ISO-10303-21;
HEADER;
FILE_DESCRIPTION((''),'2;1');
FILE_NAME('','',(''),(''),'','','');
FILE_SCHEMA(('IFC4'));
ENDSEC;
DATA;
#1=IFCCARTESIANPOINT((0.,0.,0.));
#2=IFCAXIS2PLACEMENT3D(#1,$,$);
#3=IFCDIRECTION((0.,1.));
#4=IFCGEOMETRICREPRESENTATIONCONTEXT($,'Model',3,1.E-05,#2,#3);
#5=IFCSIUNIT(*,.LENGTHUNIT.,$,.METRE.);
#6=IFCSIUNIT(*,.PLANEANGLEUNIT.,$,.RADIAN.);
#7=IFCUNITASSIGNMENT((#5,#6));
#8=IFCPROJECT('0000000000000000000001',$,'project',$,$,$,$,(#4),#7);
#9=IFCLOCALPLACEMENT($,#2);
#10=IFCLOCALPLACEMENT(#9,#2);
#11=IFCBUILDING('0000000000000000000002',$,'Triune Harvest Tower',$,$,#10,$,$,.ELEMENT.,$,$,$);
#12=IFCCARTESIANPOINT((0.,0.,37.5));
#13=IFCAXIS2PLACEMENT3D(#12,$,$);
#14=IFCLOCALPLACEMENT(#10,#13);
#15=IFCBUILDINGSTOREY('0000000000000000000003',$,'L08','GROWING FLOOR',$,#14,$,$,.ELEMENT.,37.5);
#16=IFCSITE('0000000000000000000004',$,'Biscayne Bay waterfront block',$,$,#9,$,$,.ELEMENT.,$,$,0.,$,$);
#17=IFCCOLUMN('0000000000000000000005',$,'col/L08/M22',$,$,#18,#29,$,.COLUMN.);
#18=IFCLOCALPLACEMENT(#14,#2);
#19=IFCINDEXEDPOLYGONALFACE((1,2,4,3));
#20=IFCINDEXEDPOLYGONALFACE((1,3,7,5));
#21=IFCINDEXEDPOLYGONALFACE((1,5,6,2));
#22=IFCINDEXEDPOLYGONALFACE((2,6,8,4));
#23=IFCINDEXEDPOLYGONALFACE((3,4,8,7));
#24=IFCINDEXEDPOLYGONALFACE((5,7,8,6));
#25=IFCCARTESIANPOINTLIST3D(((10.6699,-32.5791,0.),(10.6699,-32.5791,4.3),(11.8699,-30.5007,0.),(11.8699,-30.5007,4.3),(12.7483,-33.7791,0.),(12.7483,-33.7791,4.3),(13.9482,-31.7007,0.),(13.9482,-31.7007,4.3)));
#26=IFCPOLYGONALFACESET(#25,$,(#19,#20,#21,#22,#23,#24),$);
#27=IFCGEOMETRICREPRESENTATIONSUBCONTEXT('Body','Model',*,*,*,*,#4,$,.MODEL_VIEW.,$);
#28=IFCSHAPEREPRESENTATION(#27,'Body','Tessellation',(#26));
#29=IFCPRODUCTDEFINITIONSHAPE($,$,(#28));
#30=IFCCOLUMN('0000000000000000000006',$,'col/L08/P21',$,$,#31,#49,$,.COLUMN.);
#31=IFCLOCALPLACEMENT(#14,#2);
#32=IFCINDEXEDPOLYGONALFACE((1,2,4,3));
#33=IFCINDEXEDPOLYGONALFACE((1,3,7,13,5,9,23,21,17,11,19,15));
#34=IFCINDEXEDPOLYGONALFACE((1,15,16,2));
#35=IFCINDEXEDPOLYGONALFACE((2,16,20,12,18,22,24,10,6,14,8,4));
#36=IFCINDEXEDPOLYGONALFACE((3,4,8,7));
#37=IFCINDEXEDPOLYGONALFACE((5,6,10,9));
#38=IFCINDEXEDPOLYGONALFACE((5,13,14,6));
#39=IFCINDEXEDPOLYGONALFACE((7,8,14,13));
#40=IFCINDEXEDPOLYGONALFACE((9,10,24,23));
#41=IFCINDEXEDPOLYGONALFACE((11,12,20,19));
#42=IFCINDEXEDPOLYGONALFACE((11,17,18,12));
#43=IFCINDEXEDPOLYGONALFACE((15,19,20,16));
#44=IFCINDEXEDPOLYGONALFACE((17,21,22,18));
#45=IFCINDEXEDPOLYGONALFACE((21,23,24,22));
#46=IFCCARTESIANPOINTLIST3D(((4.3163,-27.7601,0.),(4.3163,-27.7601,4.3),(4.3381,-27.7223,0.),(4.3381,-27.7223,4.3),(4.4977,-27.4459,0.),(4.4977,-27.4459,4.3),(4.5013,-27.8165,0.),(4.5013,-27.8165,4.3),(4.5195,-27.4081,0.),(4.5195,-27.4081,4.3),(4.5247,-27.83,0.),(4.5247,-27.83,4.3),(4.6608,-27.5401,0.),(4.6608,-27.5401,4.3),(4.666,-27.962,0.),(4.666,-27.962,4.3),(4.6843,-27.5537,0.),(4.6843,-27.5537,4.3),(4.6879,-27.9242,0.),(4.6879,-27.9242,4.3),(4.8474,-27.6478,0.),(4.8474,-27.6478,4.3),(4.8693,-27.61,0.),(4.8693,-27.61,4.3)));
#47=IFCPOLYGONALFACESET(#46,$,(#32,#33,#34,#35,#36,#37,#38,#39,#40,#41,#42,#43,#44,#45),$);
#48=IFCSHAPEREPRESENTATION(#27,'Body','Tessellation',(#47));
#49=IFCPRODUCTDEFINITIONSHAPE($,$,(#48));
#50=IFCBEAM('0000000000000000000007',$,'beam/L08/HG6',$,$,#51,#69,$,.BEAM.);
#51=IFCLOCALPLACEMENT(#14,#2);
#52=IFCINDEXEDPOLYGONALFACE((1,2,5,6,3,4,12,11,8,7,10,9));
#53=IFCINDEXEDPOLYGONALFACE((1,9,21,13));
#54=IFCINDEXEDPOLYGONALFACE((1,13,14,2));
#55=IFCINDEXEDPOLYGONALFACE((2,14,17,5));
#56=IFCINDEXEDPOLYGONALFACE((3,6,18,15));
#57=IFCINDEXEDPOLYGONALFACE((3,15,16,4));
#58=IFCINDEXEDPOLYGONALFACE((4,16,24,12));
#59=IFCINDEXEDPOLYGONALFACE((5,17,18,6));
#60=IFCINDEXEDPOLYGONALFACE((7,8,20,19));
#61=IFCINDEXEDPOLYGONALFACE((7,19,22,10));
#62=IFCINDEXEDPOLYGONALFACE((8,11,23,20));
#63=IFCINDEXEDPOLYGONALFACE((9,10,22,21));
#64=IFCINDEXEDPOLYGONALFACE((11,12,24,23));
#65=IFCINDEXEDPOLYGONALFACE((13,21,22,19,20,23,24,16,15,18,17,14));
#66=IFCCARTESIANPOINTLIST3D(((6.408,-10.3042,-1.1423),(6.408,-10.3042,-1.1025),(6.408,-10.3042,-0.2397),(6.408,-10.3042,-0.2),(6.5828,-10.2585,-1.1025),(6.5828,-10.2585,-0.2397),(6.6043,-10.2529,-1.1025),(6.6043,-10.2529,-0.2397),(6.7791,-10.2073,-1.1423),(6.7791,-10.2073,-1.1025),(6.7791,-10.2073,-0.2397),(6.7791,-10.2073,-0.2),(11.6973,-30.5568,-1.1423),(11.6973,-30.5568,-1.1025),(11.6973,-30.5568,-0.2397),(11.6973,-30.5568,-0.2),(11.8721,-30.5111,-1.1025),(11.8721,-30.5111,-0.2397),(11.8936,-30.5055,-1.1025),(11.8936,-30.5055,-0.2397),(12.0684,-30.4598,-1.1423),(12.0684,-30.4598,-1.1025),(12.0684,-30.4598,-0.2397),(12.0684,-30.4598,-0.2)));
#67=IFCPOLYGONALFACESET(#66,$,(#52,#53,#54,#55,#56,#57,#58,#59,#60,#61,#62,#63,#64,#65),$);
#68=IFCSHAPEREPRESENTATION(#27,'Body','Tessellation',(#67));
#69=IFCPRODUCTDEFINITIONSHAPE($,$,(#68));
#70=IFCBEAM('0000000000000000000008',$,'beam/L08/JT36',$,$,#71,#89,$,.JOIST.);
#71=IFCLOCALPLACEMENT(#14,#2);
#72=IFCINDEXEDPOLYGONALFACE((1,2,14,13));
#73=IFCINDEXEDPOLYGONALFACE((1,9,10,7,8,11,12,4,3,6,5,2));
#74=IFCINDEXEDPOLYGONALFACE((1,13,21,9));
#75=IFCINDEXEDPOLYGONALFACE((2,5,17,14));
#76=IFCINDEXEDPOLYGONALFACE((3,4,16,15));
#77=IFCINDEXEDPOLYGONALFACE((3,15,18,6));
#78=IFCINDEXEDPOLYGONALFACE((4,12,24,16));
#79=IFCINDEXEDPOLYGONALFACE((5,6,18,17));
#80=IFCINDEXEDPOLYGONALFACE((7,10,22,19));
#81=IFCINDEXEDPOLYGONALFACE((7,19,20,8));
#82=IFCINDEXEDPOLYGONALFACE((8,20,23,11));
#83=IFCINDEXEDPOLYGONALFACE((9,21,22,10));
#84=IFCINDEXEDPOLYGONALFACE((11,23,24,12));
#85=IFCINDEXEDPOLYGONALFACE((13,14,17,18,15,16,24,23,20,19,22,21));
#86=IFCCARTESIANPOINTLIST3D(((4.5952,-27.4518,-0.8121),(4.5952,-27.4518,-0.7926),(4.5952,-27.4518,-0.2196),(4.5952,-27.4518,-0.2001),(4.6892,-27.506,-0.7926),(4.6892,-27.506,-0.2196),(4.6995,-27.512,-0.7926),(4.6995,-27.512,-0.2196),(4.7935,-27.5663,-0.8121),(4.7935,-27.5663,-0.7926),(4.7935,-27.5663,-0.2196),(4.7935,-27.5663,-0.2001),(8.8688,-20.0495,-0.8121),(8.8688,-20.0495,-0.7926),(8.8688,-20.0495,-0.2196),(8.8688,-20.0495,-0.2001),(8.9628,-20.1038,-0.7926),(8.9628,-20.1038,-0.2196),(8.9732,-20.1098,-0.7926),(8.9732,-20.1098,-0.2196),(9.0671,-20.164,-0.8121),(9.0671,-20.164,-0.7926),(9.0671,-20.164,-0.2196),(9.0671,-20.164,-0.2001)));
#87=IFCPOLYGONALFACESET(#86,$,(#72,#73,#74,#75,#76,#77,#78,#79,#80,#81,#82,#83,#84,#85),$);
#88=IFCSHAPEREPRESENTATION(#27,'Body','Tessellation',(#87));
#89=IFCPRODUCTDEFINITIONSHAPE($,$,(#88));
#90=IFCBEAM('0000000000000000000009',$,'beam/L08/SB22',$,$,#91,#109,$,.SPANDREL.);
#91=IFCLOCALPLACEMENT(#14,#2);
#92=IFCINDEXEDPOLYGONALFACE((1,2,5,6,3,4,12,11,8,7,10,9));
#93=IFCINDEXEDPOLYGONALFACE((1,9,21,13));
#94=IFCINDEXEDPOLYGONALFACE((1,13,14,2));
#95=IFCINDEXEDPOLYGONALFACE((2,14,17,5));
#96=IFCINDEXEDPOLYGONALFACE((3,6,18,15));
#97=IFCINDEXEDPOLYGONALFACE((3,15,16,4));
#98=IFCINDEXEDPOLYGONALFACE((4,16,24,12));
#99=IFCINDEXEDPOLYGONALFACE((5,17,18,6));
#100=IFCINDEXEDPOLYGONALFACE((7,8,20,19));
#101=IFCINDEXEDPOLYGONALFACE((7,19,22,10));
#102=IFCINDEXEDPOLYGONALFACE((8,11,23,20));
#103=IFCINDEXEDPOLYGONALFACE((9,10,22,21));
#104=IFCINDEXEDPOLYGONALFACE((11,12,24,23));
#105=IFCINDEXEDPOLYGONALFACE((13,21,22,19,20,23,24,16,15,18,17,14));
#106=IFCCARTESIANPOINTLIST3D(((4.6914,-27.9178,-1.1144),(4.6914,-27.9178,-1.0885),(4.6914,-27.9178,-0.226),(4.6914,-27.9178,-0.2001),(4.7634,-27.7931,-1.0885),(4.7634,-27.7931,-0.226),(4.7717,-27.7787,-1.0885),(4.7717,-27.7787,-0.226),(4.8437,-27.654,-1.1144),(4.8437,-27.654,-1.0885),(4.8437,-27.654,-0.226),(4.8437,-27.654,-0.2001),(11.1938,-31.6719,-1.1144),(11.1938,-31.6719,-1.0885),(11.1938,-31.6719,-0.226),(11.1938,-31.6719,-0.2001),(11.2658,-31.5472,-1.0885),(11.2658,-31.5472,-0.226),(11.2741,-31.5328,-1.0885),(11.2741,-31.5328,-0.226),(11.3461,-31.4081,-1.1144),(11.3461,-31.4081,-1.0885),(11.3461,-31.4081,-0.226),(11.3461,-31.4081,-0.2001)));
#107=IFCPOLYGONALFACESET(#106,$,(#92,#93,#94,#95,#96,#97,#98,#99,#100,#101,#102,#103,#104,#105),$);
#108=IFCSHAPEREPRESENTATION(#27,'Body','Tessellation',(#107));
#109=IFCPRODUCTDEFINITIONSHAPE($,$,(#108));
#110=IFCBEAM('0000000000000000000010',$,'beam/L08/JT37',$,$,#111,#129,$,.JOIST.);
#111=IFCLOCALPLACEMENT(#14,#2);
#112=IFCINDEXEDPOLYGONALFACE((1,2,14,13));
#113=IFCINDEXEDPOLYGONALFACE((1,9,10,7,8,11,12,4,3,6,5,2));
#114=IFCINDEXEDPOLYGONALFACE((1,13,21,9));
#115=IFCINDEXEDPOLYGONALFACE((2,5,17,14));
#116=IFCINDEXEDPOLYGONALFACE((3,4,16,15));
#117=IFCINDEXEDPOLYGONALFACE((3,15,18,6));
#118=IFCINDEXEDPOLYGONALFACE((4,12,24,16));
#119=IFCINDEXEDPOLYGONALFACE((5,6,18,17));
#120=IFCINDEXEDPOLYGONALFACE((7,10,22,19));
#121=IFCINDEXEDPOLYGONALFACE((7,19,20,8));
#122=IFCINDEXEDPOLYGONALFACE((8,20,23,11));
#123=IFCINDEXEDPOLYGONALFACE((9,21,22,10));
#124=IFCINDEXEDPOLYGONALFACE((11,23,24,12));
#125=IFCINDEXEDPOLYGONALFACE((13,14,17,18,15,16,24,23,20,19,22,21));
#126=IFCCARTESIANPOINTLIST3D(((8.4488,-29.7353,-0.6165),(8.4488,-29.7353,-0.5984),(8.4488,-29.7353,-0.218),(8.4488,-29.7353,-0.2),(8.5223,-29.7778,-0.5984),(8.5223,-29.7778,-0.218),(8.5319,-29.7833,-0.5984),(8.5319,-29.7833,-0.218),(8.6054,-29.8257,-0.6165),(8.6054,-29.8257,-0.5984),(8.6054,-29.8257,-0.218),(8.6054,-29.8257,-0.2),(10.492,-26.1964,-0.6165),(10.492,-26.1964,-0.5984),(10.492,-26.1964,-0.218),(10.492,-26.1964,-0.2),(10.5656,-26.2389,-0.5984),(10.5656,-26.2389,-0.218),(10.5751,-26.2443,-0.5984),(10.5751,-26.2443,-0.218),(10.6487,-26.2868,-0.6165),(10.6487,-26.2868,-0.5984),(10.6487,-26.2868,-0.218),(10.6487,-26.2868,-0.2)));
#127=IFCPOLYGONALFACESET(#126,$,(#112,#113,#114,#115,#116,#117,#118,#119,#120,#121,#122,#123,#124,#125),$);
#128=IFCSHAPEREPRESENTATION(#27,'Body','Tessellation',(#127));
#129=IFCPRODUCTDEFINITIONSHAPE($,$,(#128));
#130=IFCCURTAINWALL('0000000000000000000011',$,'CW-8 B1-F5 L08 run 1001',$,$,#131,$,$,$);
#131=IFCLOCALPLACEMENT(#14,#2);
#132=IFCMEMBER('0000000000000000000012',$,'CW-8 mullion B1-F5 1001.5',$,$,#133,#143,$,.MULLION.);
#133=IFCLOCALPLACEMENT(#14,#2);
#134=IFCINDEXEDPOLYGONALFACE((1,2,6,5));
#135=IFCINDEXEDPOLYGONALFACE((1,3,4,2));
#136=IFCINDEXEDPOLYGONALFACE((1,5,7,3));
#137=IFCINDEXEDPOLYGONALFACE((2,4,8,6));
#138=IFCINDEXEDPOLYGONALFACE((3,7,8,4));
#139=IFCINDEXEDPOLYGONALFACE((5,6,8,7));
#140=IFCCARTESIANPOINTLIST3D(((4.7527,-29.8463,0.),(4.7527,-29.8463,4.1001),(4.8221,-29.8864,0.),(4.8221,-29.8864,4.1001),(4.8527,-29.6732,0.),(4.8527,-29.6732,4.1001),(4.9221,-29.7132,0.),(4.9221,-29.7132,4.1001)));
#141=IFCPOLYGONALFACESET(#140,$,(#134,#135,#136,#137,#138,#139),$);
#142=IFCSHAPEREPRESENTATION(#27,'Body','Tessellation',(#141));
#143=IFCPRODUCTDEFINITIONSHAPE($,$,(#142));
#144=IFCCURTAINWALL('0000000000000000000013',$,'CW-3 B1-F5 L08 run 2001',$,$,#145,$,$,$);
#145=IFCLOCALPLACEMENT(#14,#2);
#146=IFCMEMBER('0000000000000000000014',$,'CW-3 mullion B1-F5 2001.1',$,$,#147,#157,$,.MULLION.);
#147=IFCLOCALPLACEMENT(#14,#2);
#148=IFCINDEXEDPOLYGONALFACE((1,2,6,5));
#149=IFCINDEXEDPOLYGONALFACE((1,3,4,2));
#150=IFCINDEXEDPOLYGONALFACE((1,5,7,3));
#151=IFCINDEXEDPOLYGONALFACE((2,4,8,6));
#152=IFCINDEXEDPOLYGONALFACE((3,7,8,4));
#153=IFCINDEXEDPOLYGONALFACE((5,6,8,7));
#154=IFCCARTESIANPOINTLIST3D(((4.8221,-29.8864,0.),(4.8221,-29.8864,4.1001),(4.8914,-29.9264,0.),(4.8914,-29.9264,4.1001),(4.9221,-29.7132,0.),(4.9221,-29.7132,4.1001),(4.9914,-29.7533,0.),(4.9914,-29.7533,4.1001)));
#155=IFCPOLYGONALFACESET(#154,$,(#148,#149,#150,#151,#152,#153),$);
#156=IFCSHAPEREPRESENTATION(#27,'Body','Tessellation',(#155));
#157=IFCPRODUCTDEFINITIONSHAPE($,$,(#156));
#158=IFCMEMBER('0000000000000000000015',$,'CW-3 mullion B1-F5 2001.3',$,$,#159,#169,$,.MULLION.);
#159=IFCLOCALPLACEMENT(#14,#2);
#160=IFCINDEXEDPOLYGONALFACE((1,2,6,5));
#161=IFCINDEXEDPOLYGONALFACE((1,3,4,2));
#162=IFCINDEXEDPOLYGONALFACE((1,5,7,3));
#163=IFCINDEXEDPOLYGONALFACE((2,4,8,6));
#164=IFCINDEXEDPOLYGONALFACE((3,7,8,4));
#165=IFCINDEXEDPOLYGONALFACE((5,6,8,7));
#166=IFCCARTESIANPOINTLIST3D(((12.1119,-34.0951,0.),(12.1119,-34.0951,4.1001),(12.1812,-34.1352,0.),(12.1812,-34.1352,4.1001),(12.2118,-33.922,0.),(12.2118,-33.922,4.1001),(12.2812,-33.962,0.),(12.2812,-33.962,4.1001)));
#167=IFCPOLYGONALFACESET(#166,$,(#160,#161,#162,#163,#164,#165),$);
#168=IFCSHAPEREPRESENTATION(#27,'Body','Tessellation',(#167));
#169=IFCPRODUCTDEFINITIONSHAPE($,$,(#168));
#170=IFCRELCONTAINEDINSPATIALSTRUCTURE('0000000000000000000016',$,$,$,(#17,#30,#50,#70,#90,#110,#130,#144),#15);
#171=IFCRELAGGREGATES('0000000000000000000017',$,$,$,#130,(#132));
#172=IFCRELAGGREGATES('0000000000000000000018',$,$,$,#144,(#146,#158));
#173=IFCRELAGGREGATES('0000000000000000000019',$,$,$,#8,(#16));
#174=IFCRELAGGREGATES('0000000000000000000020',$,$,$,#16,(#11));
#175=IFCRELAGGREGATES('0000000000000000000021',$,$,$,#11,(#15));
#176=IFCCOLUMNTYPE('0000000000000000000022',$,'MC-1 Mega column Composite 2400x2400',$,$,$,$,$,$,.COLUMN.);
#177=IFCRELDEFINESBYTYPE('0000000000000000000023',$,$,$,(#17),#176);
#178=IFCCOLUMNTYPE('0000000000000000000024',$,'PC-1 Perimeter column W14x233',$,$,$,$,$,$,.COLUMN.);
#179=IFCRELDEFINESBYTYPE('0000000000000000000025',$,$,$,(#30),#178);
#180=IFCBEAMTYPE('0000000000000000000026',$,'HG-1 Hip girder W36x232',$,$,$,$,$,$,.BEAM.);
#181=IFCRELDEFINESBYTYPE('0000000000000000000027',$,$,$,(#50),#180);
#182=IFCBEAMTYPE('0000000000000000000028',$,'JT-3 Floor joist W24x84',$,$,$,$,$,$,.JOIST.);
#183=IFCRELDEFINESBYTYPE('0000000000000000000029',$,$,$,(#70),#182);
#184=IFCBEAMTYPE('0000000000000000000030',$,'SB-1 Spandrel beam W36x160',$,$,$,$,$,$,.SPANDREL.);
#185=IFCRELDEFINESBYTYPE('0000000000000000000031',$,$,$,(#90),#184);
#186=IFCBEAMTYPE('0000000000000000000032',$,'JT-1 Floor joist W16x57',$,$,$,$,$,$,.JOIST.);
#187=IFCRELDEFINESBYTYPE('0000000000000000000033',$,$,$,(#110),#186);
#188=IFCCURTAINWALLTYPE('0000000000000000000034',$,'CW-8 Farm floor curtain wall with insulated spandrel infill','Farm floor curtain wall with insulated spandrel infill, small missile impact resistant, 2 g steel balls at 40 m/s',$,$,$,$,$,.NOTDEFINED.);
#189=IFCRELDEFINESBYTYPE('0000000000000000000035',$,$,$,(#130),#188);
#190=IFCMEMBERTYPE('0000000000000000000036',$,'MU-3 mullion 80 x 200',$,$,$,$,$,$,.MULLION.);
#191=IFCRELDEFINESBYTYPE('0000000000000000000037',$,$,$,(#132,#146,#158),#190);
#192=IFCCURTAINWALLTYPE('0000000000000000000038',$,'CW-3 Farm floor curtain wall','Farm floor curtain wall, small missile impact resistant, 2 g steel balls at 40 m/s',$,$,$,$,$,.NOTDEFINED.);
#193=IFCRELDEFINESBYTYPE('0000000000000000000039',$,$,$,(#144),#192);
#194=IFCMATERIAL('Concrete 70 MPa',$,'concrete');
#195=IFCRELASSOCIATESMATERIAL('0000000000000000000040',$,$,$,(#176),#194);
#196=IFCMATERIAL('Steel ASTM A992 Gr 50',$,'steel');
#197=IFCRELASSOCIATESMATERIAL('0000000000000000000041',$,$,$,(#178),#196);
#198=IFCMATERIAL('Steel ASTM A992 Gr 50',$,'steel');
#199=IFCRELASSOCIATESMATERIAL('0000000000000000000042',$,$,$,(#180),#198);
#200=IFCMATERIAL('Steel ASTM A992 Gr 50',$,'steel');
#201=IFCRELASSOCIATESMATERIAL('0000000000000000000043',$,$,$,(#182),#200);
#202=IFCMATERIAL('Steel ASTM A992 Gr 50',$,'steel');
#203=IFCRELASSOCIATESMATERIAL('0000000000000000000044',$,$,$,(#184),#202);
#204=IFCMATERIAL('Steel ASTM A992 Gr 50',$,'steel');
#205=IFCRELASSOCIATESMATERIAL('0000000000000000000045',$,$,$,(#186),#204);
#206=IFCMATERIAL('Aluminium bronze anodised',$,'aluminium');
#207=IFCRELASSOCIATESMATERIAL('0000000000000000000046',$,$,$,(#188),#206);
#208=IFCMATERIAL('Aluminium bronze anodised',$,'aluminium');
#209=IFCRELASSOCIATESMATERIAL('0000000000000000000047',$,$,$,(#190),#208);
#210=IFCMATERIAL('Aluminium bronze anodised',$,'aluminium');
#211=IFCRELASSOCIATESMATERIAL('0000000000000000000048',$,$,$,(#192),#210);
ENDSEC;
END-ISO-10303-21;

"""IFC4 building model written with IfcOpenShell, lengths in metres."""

from ifc_helpers import new_model, si_unit, direction, frame, origin, origin_2d, place, context, subcontext, project, spatial, rectangle, i_section, extrude, source, transform, mapped, material, material_profile, profile_set, type_object, element, aggregate, save


model = new_model("IFC4")

# Units and contexts
model_context = context("Model", 3, precision=1e-05, world=origin(), true_north=direction((0.0, 1.0)))
body_context = subcontext(model_context, "Body", "Model", "MODEL_VIEW")
ifc_project = project(units=[si_unit("LENGTHUNIT", "METRE"), si_unit("PLANEANGLEUNIT", "RADIAN")], contexts=[model_context])

# Site, building, storey
site_placement = place(None, origin())
site = spatial("IfcSite", under=ifc_project, at=site_placement, Name="Biscayne Bay waterfront block", CompositionType="ELEMENT", RefElevation=0.0)
building_placement = place(site_placement, origin())
building = spatial("IfcBuilding", under=site, at=building_placement, Name="Triune Harvest Tower", CompositionType="ELEMENT")
storey_placement = place(building_placement, frame((0.0, 0.0, 37.5)))
storey = spatial("IfcBuildingStorey", under=building, at=storey_placement, Name="L08", Description="GROWING FLOOR", CompositionType="ELEMENT", Elevation=37.5)

# Columns
ifc_material_1 = material(Name="Concrete 70 MPa", Category="concrete")
ifc_material_profile_1 = material_profile(ifc_material_1, rectangle(XDim=2.3999, YDim=2.3999, at=origin_2d()), Name="Composite 2400x2400")
ifc_profile_set_1 = profile_set([ifc_material_profile_1], Name="Concrete 70 MPa")
column_type_1 = type_object("IfcColumnType", Name="MC-1 Mega column Composite 2400x2400", PredefinedType="COLUMN", material=ifc_profile_set_1)
shared_shape_1 = source(origin(), body_context, "Body", "SweptSolid", [
    extrude(rectangle(XDim=2.3999, YDim=2.3999, at=origin_2d()), origin(), (0.0, 0.0, 1.0), 4.3),
])
column_1_placement = place(storey_placement, frame((12.3091, -32.1399, 0.0), z_axis=(0.0, 0.0, 1.0), x_axis=(0.866025, -0.5, 0.0)))
element("IfcColumn", 1, at=column_1_placement, inside=storey, type_object=column_type_1, Name="col/L08/M22", PredefinedType="COLUMN", context=body_context, shape_type="MappedRepresentation", body=[
    mapped(shared_shape_1, transform((0.0, 0.0, 0.0), scale=1.0)),
])
ifc_material_2 = material(Name="Steel ASTM A992 Gr 50", Category="steel")
ifc_material_profile_2 = material_profile(ifc_material_2, i_section(OverallWidth=0.4038, OverallDepth=0.4065, WebThickness=0.0271, FlangeThickness=0.0437, at=origin_2d()), Name="W14x233")
ifc_profile_set_2 = profile_set([ifc_material_profile_2], Name="Steel ASTM A992 Gr 50")
column_type_2 = type_object("IfcColumnType", Name="PC-1 Perimeter column W14x233", PredefinedType="COLUMN", material=ifc_profile_set_2)
shared_shape_2 = source(origin(), body_context, "Body", "SweptSolid", [
    extrude(i_section(OverallWidth=0.4038, OverallDepth=0.4065, WebThickness=0.0271, FlangeThickness=0.0437, at=origin_2d()), origin(), (0.0, 0.0, 1.0), 4.3),
])
column_2_placement = place(storey_placement, frame((4.5928, -27.6851, 0.0), z_axis=(0.0, 0.0, 1.0), x_axis=(0.866025, -0.5, 0.0)))
element("IfcColumn", 2, at=column_2_placement, inside=storey, type_object=column_type_2, Name="col/L08/P21", PredefinedType="COLUMN", context=body_context, shape_type="MappedRepresentation", body=[
    mapped(shared_shape_2, transform((0.0, 0.0, 0.0), scale=1.0)),
])

# Beams
ifc_material_3 = material(Name="Steel ASTM A992 Gr 50", Category="steel")
ifc_material_profile_3 = material_profile(ifc_material_3, i_section(OverallWidth=0.3835, OverallDepth=0.9424, WebThickness=0.0222, FlangeThickness=0.0398, at=origin_2d()), Name="W36x232")
ifc_profile_set_3 = profile_set([ifc_material_profile_3], Name="Steel ASTM A992 Gr 50")
beam_type_1 = type_object("IfcBeamType", Name="HG-1 Hip girder W36x232", PredefinedType="BEAM", material=ifc_profile_set_3)
shared_shape_3 = source(origin(), body_context, "Body", "SweptSolid", [
    extrude(i_section(OverallWidth=0.3835, OverallDepth=0.9424, WebThickness=0.0222, FlangeThickness=0.0398, at=origin_2d()), origin(), (0.0, 0.0, 1.0), 20.9319),
])
beam_1_placement = place(storey_placement, frame((11.8828, -30.5083, -0.6711), z_axis=(-0.25269, 0.967547, 0.0), x_axis=(-0.967547, -0.25269, 0.0)))
element("IfcBeam", 3, at=beam_1_placement, inside=storey, type_object=beam_type_1, Name="beam/L08/HG6", PredefinedType="BEAM", context=body_context, shape_type="MappedRepresentation", body=[
    mapped(shared_shape_3, transform((0.0, 0.0, 0.0), scale=1.0)),
])
ifc_material_4 = material(Name="Steel ASTM A992 Gr 50", Category="steel")
ifc_material_profile_4 = material_profile(ifc_material_4, i_section(OverallWidth=0.229, OverallDepth=0.6121, WebThickness=0.012, FlangeThickness=0.0195, at=origin_2d()), Name="W24x84")
ifc_profile_set_4 = profile_set([ifc_material_profile_4], Name="Steel ASTM A992 Gr 50")
beam_type_2 = type_object("IfcBeamType", Name="JT-3 Floor joist W24x84", PredefinedType="JOIST", material=ifc_profile_set_4)
shared_shape_4 = source(origin(), body_context, "Body", "SweptSolid", [
    extrude(i_section(OverallWidth=0.229, OverallDepth=0.6121, WebThickness=0.012, FlangeThickness=0.0195, at=origin_2d()), origin(), (0.0, 0.0, 1.0), 8.5474),
])
beam_2_placement = place(storey_placement, frame((4.6943, -27.509, -0.5061), z_axis=(0.499994, 0.866029, 0.0), x_axis=(-0.866029, 0.499994, 0.0)))
element("IfcBeam", 4, at=beam_2_placement, inside=storey, type_object=beam_type_2, Name="beam/L08/JT36", PredefinedType="JOIST", context=body_context, shape_type="MappedRepresentation", body=[
    mapped(shared_shape_4, transform((0.0, 0.0, 0.0), scale=1.0)),
])
ifc_material_5 = material(Name="Steel ASTM A992 Gr 50", Category="steel")
ifc_material_profile_5 = material_profile(ifc_material_5, i_section(OverallWidth=0.3047, OverallDepth=0.9143, WebThickness=0.0166, FlangeThickness=0.0259, at=origin_2d()), Name="W36x160")
ifc_profile_set_5 = profile_set([ifc_material_profile_5], Name="Steel ASTM A992 Gr 50")
beam_type_3 = type_object("IfcBeamType", Name="SB-1 Spandrel beam W36x160", PredefinedType="SPANDREL", material=ifc_profile_set_5)
shared_shape_5 = source(origin(), body_context, "Body", "SweptSolid", [
    extrude(i_section(OverallWidth=0.3047, OverallDepth=0.9143, WebThickness=0.0166, FlangeThickness=0.0259, at=origin_2d()), origin(), (0.0, 0.0, 1.0), 7.5083),
])
beam_3_placement = place(storey_placement, frame((4.7676, -27.7859, -0.6572), z_axis=(0.866027, -0.499996, 0.0), x_axis=(0.499996, 0.866027, 0.0)))
element("IfcBeam", 5, at=beam_3_placement, inside=storey, type_object=beam_type_3, Name="beam/L08/SB22", PredefinedType="SPANDREL", context=body_context, shape_type="MappedRepresentation", body=[
    mapped(shared_shape_5, transform((0.0, 0.0, 0.0), scale=1.0)),
])
ifc_material_6 = material(Name="Steel ASTM A992 Gr 50", Category="steel")
ifc_material_profile_6 = material_profile(ifc_material_6, i_section(OverallWidth=0.1809, OverallDepth=0.4165, WebThickness=0.011, FlangeThickness=0.0181, at=origin_2d()), Name="W16x57")
ifc_profile_set_6 = profile_set([ifc_material_profile_6], Name="Steel ASTM A992 Gr 50")
beam_type_4 = type_object("IfcBeamType", Name="JT-1 Floor joist W16x57", PredefinedType="JOIST", material=ifc_profile_set_6)
shared_shape_6 = source(origin(), body_context, "Body", "SweptSolid", [
    extrude(i_section(OverallWidth=0.1809, OverallDepth=0.4165, WebThickness=0.011, FlangeThickness=0.0181, at=origin_2d()), origin(), (0.0, 0.0, 1.0), 4.0864),
])
beam_4_placement = place(storey_placement, frame((8.5271, -29.7805, -0.4082), z_axis=(0.500014, 0.866017, 0.0), x_axis=(-0.866017, 0.500014, 0.0)))
element("IfcBeam", 6, at=beam_4_placement, inside=storey, type_object=beam_type_4, Name="beam/L08/JT37", PredefinedType="JOIST", context=body_context, shape_type="MappedRepresentation", body=[
    mapped(shared_shape_6, transform((0.0, 0.0, 0.0), scale=1.0)),
])

# Curtain wall, member
ifc_material_7 = material(Name="Aluminium bronze anodised", Category="aluminium")
curtain_wall_type_1 = type_object("IfcCurtainWallType", Name="CW-8 Farm floor curtain wall with insulated spandrel infill", Description="Farm floor curtain wall with insulated spandrel infill, small missile impact resistant, 2 g steel balls at 40 m/s", PredefinedType="NOTDEFINED", material=ifc_material_7)
curtain_wall_1_placement = place(storey_placement, origin())
curtain_wall_1 = element("IfcCurtainWall", 7, at=curtain_wall_1_placement, inside=storey, type_object=curtain_wall_type_1, Name="CW-8 B1-F5 L08 run 1001")
ifc_material_8 = material(Name="Aluminium bronze anodised", Category="aluminium")
ifc_material_profile_7 = material_profile(ifc_material_8, rectangle(XDim=0.2, YDim=0.0801, at=origin_2d()), Name="MU-3 mullion 80 x 200")
ifc_profile_set_7 = profile_set([ifc_material_profile_7], Name="Aluminium bronze anodised")
member_type_1 = type_object("IfcMemberType", Name="MU-3 mullion 80 x 200", PredefinedType="MULLION", material=ifc_profile_set_7)
shared_shape_7 = source(origin(), body_context, "Body", "SweptSolid", [
    extrude(rectangle(XDim=0.2, YDim=0.0801, at=origin_2d()), origin(), (0.0, 0.0, 1.0), 4.1001),
])
member_1_placement = place(storey_placement, frame((4.8374, -29.7798, 0.0), z_axis=(0.0, 0.0, 1.0), x_axis=(0.500003, 0.866024, 0.0)))
member_1 = element("IfcMember", 8, at=member_1_placement, type_object=member_type_1, Name="CW-8 mullion B1-F5 1001.5", PredefinedType="MULLION", context=body_context, shape_type="MappedRepresentation", body=[
    mapped(shared_shape_7, transform((0.0, 0.0, 0.0), scale=1.0)),
])
aggregate(curtain_wall_1, [member_1])

# Curtain wall, members
ifc_material_9 = material(Name="Aluminium bronze anodised", Category="aluminium")
curtain_wall_type_2 = type_object("IfcCurtainWallType", Name="CW-3 Farm floor curtain wall", Description="Farm floor curtain wall, small missile impact resistant, 2 g steel balls at 40 m/s", PredefinedType="NOTDEFINED", material=ifc_material_9)
curtain_wall_2_placement = place(storey_placement, origin())
curtain_wall_2 = element("IfcCurtainWall", 9, at=curtain_wall_2_placement, inside=storey, type_object=curtain_wall_type_2, Name="CW-3 B1-F5 L08 run 2001")
member_2_placement = place(storey_placement, frame((4.9067, -29.8198, 0.0), z_axis=(0.0, 0.0, 1.0), x_axis=(0.499995, 0.866028, 0.0)))
member_2 = element("IfcMember", 10, at=member_2_placement, type_object=member_type_1, Name="CW-3 mullion B1-F5 2001.1", PredefinedType="MULLION", context=body_context, shape_type="MappedRepresentation", body=[
    mapped(shared_shape_7, transform((0.0, 0.0, 0.0), scale=1.0)),
])
member_3_placement = place(storey_placement, frame((12.1965, -34.0286, 0.0), z_axis=(0.0, 0.0, 1.0), x_axis=(0.499995, 0.866028, 0.0)))
member_3 = element("IfcMember", 11, at=member_3_placement, type_object=member_type_1, Name="CW-3 mullion B1-F5 2001.3", PredefinedType="MULLION", context=body_context, shape_type="MappedRepresentation", body=[
    mapped(shared_shape_7, transform((0.0, 0.0, 0.0), scale=1.0)),
])

aggregate(curtain_wall_2, [member_2, member_3])

save(model, "model.ifc")
